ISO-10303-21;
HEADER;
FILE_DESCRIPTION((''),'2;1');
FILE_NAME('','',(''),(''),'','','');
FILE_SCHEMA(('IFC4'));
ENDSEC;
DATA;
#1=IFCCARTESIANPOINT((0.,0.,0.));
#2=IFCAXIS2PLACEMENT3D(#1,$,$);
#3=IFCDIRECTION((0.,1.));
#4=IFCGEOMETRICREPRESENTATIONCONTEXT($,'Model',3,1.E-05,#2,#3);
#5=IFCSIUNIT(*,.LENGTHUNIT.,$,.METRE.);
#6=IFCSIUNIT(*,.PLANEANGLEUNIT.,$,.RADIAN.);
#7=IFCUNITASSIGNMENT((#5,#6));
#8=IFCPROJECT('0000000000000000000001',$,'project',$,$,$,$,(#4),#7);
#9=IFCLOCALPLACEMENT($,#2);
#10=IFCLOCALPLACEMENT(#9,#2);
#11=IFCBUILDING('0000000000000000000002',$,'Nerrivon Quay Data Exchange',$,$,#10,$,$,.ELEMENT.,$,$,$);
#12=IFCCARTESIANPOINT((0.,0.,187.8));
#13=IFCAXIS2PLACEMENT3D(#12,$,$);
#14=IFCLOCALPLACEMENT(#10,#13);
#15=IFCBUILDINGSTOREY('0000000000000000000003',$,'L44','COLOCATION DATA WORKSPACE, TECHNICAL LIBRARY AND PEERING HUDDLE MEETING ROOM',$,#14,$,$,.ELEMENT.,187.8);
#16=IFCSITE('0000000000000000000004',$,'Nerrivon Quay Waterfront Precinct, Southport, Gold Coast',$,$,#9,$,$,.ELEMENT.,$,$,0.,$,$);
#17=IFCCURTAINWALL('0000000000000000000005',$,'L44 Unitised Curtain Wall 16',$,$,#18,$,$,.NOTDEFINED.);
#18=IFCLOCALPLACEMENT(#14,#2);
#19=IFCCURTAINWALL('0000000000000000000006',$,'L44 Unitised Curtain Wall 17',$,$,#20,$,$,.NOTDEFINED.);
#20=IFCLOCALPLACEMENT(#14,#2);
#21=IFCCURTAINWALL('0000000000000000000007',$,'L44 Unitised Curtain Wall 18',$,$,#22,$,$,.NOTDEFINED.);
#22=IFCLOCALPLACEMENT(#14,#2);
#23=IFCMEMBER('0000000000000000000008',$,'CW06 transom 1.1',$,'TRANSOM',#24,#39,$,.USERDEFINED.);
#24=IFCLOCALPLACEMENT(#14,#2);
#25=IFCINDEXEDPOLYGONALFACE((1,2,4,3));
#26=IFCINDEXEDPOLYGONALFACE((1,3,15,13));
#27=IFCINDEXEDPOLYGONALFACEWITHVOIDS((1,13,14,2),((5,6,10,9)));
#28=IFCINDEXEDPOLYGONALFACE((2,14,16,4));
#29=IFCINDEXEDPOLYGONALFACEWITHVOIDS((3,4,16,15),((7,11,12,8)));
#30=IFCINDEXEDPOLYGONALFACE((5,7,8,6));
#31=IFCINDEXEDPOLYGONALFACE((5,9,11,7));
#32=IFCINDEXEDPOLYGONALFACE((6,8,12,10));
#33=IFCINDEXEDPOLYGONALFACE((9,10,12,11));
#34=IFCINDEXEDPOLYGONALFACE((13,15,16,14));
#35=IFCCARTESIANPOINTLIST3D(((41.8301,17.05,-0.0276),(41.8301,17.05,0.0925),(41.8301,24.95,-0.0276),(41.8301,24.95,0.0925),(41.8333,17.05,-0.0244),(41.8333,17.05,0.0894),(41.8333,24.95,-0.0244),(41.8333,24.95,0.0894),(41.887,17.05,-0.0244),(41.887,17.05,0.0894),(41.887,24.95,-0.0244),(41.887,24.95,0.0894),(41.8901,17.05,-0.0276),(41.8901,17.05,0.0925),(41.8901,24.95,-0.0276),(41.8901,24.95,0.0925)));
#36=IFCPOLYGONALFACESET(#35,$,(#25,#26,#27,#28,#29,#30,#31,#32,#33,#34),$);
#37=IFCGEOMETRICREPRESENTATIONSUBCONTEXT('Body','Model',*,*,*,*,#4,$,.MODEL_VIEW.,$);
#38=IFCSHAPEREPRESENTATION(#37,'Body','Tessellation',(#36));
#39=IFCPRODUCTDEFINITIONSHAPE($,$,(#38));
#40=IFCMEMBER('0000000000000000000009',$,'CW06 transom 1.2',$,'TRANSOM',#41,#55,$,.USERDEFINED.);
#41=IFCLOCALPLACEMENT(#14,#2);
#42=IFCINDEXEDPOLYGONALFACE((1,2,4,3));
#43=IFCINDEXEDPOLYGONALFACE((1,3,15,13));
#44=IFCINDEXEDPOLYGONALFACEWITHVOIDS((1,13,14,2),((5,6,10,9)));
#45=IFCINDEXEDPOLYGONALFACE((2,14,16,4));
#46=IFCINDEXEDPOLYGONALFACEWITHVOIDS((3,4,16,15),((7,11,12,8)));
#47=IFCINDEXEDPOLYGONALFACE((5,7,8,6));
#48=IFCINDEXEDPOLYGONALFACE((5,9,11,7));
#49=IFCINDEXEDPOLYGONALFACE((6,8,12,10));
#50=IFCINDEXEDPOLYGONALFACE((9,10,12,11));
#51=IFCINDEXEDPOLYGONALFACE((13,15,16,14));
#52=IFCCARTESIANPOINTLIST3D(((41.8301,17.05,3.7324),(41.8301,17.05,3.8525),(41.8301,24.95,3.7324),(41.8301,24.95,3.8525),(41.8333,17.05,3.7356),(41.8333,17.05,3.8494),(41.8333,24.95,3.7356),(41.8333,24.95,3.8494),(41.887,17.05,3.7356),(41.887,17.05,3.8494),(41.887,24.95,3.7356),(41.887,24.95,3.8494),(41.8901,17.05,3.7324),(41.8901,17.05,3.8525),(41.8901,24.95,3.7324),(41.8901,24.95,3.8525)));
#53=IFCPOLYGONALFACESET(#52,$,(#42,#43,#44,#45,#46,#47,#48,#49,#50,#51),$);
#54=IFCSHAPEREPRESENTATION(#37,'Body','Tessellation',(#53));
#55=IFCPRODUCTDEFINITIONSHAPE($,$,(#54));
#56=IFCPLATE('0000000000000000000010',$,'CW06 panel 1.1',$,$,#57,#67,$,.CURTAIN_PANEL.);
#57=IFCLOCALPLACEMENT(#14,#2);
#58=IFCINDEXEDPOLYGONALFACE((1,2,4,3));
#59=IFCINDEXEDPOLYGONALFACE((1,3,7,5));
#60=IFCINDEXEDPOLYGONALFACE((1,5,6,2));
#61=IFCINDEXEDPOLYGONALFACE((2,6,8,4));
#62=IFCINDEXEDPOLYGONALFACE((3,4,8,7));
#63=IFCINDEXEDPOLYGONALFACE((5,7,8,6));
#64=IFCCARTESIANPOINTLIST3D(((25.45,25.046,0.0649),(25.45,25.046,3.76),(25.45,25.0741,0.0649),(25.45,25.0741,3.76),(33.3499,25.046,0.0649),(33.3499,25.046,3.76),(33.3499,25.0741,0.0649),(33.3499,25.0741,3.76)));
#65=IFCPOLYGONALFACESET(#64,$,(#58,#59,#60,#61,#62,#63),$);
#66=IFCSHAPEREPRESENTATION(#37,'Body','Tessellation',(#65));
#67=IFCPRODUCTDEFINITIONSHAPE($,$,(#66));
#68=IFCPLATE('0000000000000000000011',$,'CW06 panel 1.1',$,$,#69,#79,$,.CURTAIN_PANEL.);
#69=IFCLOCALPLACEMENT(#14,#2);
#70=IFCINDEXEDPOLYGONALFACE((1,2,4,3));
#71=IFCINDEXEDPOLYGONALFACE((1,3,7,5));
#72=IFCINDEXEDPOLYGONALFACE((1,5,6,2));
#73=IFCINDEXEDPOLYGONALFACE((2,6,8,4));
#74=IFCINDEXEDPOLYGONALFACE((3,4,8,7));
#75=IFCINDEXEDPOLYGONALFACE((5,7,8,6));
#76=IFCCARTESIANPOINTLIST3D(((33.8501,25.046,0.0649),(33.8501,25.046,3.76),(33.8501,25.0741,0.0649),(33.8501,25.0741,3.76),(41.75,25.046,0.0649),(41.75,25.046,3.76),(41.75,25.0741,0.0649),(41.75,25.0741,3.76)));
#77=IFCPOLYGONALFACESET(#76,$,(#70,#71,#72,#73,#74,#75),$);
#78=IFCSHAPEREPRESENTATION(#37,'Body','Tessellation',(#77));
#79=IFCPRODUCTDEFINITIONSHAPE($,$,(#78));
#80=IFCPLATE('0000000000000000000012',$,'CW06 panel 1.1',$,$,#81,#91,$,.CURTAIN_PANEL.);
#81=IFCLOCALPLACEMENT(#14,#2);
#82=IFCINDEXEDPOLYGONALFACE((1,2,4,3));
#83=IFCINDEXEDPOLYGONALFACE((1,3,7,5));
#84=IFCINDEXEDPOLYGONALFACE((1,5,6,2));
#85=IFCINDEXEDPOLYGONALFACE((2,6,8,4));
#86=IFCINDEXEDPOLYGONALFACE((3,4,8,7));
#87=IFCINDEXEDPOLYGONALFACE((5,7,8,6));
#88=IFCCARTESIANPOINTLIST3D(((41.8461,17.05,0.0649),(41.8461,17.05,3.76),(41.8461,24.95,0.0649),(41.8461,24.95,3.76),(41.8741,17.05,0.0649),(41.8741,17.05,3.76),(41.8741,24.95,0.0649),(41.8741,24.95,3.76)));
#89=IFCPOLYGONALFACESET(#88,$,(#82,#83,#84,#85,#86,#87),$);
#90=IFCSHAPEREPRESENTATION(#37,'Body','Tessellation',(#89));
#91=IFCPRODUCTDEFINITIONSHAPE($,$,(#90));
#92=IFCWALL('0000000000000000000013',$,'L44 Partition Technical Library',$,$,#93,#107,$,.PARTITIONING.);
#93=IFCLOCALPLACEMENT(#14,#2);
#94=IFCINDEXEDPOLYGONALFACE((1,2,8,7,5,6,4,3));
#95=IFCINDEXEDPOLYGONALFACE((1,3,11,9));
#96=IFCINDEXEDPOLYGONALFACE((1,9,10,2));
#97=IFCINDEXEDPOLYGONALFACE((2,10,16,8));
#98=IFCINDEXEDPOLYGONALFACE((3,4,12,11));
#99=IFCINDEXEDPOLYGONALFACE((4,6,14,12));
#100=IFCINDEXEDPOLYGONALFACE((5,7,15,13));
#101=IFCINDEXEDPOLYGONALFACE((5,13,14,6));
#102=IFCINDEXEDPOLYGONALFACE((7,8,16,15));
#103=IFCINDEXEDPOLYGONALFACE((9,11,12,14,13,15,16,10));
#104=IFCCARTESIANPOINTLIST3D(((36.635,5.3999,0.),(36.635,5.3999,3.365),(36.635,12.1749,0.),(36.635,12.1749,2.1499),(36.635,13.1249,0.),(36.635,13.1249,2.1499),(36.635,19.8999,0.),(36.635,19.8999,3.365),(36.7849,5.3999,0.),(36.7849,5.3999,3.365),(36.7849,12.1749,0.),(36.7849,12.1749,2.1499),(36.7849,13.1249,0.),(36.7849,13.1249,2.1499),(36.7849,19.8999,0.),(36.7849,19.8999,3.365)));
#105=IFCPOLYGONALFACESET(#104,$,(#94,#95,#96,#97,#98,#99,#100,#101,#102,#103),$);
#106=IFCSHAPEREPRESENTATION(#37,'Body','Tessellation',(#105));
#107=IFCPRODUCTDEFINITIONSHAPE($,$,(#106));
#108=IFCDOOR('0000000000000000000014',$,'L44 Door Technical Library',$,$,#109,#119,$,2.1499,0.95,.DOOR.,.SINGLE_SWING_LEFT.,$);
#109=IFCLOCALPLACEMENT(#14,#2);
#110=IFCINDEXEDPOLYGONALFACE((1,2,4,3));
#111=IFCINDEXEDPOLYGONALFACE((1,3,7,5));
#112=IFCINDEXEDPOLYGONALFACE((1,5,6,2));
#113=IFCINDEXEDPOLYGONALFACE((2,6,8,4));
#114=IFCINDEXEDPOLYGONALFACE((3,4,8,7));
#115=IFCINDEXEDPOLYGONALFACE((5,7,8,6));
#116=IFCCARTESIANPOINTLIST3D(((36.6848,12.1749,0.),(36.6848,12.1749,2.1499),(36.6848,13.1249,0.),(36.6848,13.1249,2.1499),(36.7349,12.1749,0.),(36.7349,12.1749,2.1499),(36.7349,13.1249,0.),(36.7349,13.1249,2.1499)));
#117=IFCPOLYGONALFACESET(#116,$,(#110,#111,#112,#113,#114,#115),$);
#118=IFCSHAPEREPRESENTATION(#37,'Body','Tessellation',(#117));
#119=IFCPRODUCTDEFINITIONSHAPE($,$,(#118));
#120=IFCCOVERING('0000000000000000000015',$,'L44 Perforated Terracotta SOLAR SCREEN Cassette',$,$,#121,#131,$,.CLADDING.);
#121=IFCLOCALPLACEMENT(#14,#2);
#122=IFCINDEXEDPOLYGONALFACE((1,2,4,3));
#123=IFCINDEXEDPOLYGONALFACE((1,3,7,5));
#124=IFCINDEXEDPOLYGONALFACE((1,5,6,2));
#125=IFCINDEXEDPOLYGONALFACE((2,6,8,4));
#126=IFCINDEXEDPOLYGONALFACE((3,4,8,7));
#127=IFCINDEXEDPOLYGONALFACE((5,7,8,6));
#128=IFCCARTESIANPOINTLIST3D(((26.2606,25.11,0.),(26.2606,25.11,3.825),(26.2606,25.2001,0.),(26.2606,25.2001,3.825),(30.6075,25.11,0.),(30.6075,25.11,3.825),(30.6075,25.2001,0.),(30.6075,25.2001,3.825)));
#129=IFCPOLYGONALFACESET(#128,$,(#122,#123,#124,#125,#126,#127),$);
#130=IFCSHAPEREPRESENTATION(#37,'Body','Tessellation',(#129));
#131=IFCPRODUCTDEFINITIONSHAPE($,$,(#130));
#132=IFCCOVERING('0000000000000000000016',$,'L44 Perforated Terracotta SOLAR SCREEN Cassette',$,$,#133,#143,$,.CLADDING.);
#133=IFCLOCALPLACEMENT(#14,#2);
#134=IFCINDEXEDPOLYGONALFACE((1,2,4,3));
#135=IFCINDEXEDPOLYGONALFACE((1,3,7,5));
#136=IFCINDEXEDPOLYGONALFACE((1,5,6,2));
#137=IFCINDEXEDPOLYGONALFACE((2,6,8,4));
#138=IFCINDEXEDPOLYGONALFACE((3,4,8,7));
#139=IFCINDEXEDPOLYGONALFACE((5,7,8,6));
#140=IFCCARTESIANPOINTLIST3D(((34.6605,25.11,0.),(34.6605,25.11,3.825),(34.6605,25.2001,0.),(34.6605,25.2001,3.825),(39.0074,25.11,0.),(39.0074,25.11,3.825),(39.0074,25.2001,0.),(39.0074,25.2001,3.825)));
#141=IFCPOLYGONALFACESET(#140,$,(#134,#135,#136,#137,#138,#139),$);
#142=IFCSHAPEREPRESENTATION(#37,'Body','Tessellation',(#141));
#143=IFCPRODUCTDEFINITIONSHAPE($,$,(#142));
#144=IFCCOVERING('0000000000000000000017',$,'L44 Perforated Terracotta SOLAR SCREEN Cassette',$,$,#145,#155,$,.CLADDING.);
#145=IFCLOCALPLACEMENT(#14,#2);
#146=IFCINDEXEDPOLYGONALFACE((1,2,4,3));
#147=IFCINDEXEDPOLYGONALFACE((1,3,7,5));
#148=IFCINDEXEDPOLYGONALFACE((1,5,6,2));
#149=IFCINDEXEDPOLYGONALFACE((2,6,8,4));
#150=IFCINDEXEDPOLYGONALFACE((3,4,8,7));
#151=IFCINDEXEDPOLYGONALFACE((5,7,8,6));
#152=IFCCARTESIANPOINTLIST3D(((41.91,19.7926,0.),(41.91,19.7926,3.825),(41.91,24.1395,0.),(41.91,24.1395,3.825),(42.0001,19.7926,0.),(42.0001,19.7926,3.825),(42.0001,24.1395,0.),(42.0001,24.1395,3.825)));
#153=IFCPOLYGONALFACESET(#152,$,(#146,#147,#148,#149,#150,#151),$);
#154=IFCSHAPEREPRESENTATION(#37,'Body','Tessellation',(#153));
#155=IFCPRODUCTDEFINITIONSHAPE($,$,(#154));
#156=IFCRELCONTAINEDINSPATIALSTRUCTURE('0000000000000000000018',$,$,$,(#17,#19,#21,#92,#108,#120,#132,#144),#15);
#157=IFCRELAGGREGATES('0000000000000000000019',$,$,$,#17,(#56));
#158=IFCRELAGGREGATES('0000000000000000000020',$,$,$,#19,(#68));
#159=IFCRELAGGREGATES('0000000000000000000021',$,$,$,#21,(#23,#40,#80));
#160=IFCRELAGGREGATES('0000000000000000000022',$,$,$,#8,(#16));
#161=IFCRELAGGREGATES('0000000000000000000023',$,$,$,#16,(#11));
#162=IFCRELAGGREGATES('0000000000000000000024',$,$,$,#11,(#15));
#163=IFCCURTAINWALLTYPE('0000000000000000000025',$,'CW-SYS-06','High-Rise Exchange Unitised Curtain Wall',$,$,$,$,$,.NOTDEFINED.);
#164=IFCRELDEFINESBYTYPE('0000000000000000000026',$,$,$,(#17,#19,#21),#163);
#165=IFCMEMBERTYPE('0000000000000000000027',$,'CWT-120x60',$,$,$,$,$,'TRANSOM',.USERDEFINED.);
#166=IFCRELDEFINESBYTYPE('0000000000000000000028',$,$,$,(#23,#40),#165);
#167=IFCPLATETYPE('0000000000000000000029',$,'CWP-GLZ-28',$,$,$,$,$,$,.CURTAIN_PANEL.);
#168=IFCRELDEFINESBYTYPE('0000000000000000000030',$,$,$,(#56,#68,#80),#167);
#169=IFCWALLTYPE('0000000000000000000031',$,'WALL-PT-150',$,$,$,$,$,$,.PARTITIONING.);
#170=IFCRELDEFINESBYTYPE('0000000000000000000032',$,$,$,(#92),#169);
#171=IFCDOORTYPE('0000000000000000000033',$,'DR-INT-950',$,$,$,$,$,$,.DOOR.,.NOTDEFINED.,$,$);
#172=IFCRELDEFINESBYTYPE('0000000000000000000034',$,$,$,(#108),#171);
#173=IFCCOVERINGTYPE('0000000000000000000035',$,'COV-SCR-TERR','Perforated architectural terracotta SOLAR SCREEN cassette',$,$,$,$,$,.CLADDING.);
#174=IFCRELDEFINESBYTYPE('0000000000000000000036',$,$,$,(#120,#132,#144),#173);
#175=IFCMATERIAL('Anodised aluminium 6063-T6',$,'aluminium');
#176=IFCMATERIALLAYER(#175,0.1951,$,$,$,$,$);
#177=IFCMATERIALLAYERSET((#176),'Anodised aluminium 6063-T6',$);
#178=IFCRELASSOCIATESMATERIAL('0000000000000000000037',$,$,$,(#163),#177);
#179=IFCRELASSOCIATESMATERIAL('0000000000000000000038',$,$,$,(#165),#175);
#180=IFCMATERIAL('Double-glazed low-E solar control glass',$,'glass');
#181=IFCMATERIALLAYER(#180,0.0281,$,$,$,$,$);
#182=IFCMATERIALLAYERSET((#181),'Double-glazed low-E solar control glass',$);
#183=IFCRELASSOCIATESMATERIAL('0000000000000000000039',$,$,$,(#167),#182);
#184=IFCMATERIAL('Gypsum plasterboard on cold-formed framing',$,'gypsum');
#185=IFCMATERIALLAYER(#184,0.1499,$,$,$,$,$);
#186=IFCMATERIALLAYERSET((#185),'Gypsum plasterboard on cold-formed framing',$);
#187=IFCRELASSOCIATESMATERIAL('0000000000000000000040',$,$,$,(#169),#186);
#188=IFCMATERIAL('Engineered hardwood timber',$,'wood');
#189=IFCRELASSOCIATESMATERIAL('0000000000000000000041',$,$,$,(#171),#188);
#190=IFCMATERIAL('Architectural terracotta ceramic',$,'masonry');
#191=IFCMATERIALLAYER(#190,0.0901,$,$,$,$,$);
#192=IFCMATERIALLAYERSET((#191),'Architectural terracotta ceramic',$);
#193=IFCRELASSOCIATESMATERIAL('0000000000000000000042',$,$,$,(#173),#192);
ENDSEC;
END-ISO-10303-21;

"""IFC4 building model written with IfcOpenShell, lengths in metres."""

from ifc_helpers import new_model, si_unit, direction, frame, frame_2d, origin, origin_2d, place, context, subcontext, project, spatial, rectangle, hollow_rectangle, extrude, material, layer, layer_set, material_profile, profile_set, type_object, element, fill, aggregate, save


model = new_model("IFC4")

# Units and contexts
model_context = context("Model", 3, precision=1e-05, world=origin(), true_north=direction((0.0, 1.0)))
body_context = subcontext(model_context, "Body", "Model", "MODEL_VIEW")
ifc_project = project(units=[si_unit("LENGTHUNIT", "METRE"), si_unit("PLANEANGLEUNIT", "RADIAN")], contexts=[model_context])

# Site, building, storey
site_placement = place(None, origin())
site = spatial("IfcSite", under=ifc_project, at=site_placement, Name="Nerrivon Quay Waterfront Precinct, Southport, Gold Coast", CompositionType="ELEMENT", RefElevation=0.0)
building_placement = place(site_placement, origin())
building = spatial("IfcBuilding", under=site, at=building_placement, Name="Nerrivon Quay Data Exchange", CompositionType="ELEMENT")
storey_placement = place(building_placement, frame((0.0, 0.0, 187.8)))
storey = spatial("IfcBuildingStorey", under=building, at=storey_placement, Name="L44", Description="COLOCATION DATA WORKSPACE, TECHNICAL LIBRARY AND PEERING HUDDLE MEETING ROOM", CompositionType="ELEMENT", Elevation=187.8)

# Curtain wall
ifc_material_1 = material(Name="Anodised aluminium 6063-T6", Category="aluminium")
ifc_layer_1 = layer(ifc_material_1, 0.1951)
ifc_layer_set_1 = layer_set([ifc_layer_1], Name="Anodised aluminium 6063-T6")
curtain_wall_type = type_object("IfcCurtainWallType", Name="CW-SYS-06", Description="High-Rise Exchange Unitised Curtain Wall", PredefinedType="NOTDEFINED", material=ifc_layer_set_1)
curtain_wall_1_placement = place(storey_placement, origin())
curtain_wall_1 = element("IfcCurtainWall", 1, at=curtain_wall_1_placement, inside=storey, type_object=curtain_wall_type, Name="L44 Unitised Curtain Wall 16", PredefinedType="NOTDEFINED")

# Curtain walls
curtain_wall_2_placement = place(storey_placement, origin())
curtain_wall_2 = element("IfcCurtainWall", 2, at=curtain_wall_2_placement, inside=storey, type_object=curtain_wall_type, Name="L44 Unitised Curtain Wall 17", PredefinedType="NOTDEFINED")
curtain_wall_3_placement = place(storey_placement, origin())
curtain_wall_3 = element("IfcCurtainWall", 3, at=curtain_wall_3_placement, inside=storey, type_object=curtain_wall_type, Name="L44 Unitised Curtain Wall 18", PredefinedType="NOTDEFINED")

# Members
ifc_material_profile_1 = material_profile(ifc_material_1, hollow_rectangle(XDim=0.0601, YDim=0.1201, WallThickness=0.0032, at=origin_2d()), Name="ALU-TRAN-120x60")
ifc_profile_set_1 = profile_set([ifc_material_profile_1], Name="Anodised aluminium 6063-T6")
member_type_1 = type_object("IfcMemberType", Name="CWT-120x60", ElementType="TRANSOM", PredefinedType="USERDEFINED", material=ifc_profile_set_1)
member_1_placement = place(storey_placement, frame((41.8601, 24.95, 0.0325), z_axis=(0.0, -1.0, 0.0), x_axis=(1.0, 0.0, 0.0)))
member_1 = element("IfcMember", 4, at=member_1_placement, type_object=member_type_1, Name="CW06 transom 1.1", ObjectType="TRANSOM", PredefinedType="USERDEFINED", context=body_context, shape_type="SweptSolid", body=[
    extrude(hollow_rectangle(XDim=0.0601, YDim=0.1201, WallThickness=0.0032, at=origin_2d()), origin(), (0.0, 0.0, 1.0), 7.8999),
])
member_2_placement = place(storey_placement, frame((41.8601, 24.95, 3.7925), z_axis=(0.0, -1.0, 0.0), x_axis=(1.0, 0.0, 0.0)))
member_2 = element("IfcMember", 5, at=member_2_placement, type_object=member_type_1, Name="CW06 transom 1.2", ObjectType="TRANSOM", PredefinedType="USERDEFINED", context=body_context, shape_type="SweptSolid", body=[
    extrude(hollow_rectangle(XDim=0.0601, YDim=0.1201, WallThickness=0.0032, at=origin_2d()), origin(), (0.0, 0.0, 1.0), 7.8999),
])

# Plates
ifc_material_2 = material(Name="Double-glazed low-E solar control glass", Category="glass")
ifc_layer_2 = layer(ifc_material_2, 0.0281)
ifc_layer_set_2 = layer_set([ifc_layer_2], Name="Double-glazed low-E solar control glass")
plate_type = type_object("IfcPlateType", Name="CWP-GLZ-28", PredefinedType="CURTAIN_PANEL", material=ifc_layer_set_2)
plate_1_placement = place(storey_placement, frame((29.3999, 25.0601, 0.0649), z_axis=(0.0, 0.0, 1.0), x_axis=(1.0, 0.0, 0.0)))
plate_1 = element("IfcPlate", 6, at=plate_1_placement, type_object=plate_type, Name="CW06 panel 1.1", PredefinedType="CURTAIN_PANEL", context=body_context, shape_type="SweptSolid", body=[
    extrude(rectangle(XDim=7.8999, YDim=0.0281, at=origin_2d()), origin(), (0.0, 0.0, 1.0), 3.6951),
])
aggregate(curtain_wall_1, [plate_1])
plate_2_placement = place(storey_placement, frame((37.8, 25.0601, 0.0649), z_axis=(0.0, 0.0, 1.0), x_axis=(1.0, 0.0, 0.0)))
plate_2 = element("IfcPlate", 7, at=plate_2_placement, type_object=plate_type, Name="CW06 panel 1.1", PredefinedType="CURTAIN_PANEL", context=body_context, shape_type="SweptSolid", body=[
    extrude(rectangle(XDim=7.8999, YDim=0.0281, at=origin_2d()), origin(), (0.0, 0.0, 1.0), 3.6951),
])
aggregate(curtain_wall_2, [plate_2])
plate_3_placement = place(storey_placement, frame((41.8601, 21.0, 0.0649), z_axis=(0.0, 0.0, 1.0), x_axis=(0.0, -1.0, 0.0)))
plate_3 = element("IfcPlate", 8, at=plate_3_placement, type_object=plate_type, Name="CW06 panel 1.1", PredefinedType="CURTAIN_PANEL", context=body_context, shape_type="SweptSolid", body=[
    extrude(rectangle(XDim=7.8999, YDim=0.0281, at=origin_2d()), origin(), (0.0, 0.0, 1.0), 3.6951),
])
aggregate(curtain_wall_3, [member_1, member_2, plate_3])

# Wall, opening, door
ifc_material_3 = material(Name="Gypsum plasterboard on cold-formed framing", Category="gypsum")
ifc_layer_3 = layer(ifc_material_3, 0.1499)
ifc_layer_set_3 = layer_set([ifc_layer_3], Name="Gypsum plasterboard on cold-formed framing")
wall_type = type_object("IfcWallType", Name="WALL-PT-150", PredefinedType="PARTITIONING", material=ifc_layer_set_3)
wall_placement = place(storey_placement, frame((36.71, 19.8999, 0.0), z_axis=(0.0, 0.0, 1.0), x_axis=(0.0, -1.0, 0.0)))
wall = element("IfcWall", 9, at=wall_placement, inside=storey, type_object=wall_type, Name="L44 Partition Technical Library", PredefinedType="PARTITIONING", context=body_context, shape_type="SweptSolid", body=[
    extrude(rectangle(XDim=14.5, YDim=0.1499, at=frame_2d((7.25, 0.0))), origin(), (0.0, 0.0, 1.0), 3.365),
])
opening_placement = place(wall_placement, frame((6.7749, 0.0, 0.0)))
opening = element("IfcOpeningElement", 10, at=opening_placement, cuts=wall, PredefinedType="OPENING", context=body_context, shape_type="SweptSolid", body=[
    extrude(rectangle(XDim=0.95, YDim=2.1499, at=frame_2d((0.4751, 1.075))), frame((0.0, 0.085, 0.0), z_axis=(0.0, -1.0, 0.0), x_axis=(1.0, 0.0, 0.0)), (0.0, 0.0, 1.0), 0.1699),
])
ifc_material_4 = material(Name="Engineered hardwood timber", Category="wood")
door_type = type_object("IfcDoorType", Name="DR-INT-950", OperationType="NOTDEFINED", PredefinedType="DOOR", material=ifc_material_4)
door_placement = place(opening_placement, origin())
door = element("IfcDoor", 11, at=door_placement, inside=storey, type_object=door_type, Name="L44 Door Technical Library", OperationType="SINGLE_SWING_LEFT", OverallHeight=2.1499, OverallWidth=0.95, PredefinedType="DOOR", context=body_context, shape_type="SweptSolid", body=[
    extrude(rectangle(XDim=0.95, YDim=2.1499, at=frame_2d((0.4751, 1.075))), frame((0.0, 0.0249, 0.0), z_axis=(0.0, -1.0, 0.0), x_axis=(1.0, 0.0, 0.0)), (0.0, 0.0, 1.0), 0.05),
])
fill(opening, door)

# Coverings
ifc_material_5 = material(Name="Architectural terracotta ceramic", Category="masonry")
ifc_layer_4 = layer(ifc_material_5, 0.0901)
ifc_layer_set_4 = layer_set([ifc_layer_4], Name="Architectural terracotta ceramic")
covering_type = type_object("IfcCoveringType", Name="COV-SCR-TERR", Description="Perforated architectural terracotta SOLAR SCREEN cassette", PredefinedType="CLADDING", material=ifc_layer_set_4)
for number, where, z_axis, x_axis, name in (
    (12, (28.4341, 25.155, 0.0), (0.0, 0.0, 1.0), (1.0, 0.0, 0.0), "L44 Perforated Terracotta SOLAR SCREEN Cassette"),
    (13, (36.834, 25.155, 0.0), (0.0, 0.0, 1.0), (1.0, 0.0, 0.0), "L44 Perforated Terracotta SOLAR SCREEN Cassette"),
    (14, (41.9551, 21.9661, 0.0), (0.0, 0.0, 1.0), (0.0, -1.0, 0.0), "L44 Perforated Terracotta SOLAR SCREEN Cassette"),
):
    element("IfcCovering", number, at=place(storey_placement, frame(where, z_axis=z_axis, x_axis=x_axis)), inside=storey, type_object=covering_type, Name=name, PredefinedType="CLADDING", context=body_context, shape_type="SweptSolid", body=[
        extrude(rectangle(XDim=4.3469, YDim=0.0901, at=origin_2d()), origin(), (0.0, 0.0, 1.0), 3.825),
    ])

save(model, "model.ifc")
